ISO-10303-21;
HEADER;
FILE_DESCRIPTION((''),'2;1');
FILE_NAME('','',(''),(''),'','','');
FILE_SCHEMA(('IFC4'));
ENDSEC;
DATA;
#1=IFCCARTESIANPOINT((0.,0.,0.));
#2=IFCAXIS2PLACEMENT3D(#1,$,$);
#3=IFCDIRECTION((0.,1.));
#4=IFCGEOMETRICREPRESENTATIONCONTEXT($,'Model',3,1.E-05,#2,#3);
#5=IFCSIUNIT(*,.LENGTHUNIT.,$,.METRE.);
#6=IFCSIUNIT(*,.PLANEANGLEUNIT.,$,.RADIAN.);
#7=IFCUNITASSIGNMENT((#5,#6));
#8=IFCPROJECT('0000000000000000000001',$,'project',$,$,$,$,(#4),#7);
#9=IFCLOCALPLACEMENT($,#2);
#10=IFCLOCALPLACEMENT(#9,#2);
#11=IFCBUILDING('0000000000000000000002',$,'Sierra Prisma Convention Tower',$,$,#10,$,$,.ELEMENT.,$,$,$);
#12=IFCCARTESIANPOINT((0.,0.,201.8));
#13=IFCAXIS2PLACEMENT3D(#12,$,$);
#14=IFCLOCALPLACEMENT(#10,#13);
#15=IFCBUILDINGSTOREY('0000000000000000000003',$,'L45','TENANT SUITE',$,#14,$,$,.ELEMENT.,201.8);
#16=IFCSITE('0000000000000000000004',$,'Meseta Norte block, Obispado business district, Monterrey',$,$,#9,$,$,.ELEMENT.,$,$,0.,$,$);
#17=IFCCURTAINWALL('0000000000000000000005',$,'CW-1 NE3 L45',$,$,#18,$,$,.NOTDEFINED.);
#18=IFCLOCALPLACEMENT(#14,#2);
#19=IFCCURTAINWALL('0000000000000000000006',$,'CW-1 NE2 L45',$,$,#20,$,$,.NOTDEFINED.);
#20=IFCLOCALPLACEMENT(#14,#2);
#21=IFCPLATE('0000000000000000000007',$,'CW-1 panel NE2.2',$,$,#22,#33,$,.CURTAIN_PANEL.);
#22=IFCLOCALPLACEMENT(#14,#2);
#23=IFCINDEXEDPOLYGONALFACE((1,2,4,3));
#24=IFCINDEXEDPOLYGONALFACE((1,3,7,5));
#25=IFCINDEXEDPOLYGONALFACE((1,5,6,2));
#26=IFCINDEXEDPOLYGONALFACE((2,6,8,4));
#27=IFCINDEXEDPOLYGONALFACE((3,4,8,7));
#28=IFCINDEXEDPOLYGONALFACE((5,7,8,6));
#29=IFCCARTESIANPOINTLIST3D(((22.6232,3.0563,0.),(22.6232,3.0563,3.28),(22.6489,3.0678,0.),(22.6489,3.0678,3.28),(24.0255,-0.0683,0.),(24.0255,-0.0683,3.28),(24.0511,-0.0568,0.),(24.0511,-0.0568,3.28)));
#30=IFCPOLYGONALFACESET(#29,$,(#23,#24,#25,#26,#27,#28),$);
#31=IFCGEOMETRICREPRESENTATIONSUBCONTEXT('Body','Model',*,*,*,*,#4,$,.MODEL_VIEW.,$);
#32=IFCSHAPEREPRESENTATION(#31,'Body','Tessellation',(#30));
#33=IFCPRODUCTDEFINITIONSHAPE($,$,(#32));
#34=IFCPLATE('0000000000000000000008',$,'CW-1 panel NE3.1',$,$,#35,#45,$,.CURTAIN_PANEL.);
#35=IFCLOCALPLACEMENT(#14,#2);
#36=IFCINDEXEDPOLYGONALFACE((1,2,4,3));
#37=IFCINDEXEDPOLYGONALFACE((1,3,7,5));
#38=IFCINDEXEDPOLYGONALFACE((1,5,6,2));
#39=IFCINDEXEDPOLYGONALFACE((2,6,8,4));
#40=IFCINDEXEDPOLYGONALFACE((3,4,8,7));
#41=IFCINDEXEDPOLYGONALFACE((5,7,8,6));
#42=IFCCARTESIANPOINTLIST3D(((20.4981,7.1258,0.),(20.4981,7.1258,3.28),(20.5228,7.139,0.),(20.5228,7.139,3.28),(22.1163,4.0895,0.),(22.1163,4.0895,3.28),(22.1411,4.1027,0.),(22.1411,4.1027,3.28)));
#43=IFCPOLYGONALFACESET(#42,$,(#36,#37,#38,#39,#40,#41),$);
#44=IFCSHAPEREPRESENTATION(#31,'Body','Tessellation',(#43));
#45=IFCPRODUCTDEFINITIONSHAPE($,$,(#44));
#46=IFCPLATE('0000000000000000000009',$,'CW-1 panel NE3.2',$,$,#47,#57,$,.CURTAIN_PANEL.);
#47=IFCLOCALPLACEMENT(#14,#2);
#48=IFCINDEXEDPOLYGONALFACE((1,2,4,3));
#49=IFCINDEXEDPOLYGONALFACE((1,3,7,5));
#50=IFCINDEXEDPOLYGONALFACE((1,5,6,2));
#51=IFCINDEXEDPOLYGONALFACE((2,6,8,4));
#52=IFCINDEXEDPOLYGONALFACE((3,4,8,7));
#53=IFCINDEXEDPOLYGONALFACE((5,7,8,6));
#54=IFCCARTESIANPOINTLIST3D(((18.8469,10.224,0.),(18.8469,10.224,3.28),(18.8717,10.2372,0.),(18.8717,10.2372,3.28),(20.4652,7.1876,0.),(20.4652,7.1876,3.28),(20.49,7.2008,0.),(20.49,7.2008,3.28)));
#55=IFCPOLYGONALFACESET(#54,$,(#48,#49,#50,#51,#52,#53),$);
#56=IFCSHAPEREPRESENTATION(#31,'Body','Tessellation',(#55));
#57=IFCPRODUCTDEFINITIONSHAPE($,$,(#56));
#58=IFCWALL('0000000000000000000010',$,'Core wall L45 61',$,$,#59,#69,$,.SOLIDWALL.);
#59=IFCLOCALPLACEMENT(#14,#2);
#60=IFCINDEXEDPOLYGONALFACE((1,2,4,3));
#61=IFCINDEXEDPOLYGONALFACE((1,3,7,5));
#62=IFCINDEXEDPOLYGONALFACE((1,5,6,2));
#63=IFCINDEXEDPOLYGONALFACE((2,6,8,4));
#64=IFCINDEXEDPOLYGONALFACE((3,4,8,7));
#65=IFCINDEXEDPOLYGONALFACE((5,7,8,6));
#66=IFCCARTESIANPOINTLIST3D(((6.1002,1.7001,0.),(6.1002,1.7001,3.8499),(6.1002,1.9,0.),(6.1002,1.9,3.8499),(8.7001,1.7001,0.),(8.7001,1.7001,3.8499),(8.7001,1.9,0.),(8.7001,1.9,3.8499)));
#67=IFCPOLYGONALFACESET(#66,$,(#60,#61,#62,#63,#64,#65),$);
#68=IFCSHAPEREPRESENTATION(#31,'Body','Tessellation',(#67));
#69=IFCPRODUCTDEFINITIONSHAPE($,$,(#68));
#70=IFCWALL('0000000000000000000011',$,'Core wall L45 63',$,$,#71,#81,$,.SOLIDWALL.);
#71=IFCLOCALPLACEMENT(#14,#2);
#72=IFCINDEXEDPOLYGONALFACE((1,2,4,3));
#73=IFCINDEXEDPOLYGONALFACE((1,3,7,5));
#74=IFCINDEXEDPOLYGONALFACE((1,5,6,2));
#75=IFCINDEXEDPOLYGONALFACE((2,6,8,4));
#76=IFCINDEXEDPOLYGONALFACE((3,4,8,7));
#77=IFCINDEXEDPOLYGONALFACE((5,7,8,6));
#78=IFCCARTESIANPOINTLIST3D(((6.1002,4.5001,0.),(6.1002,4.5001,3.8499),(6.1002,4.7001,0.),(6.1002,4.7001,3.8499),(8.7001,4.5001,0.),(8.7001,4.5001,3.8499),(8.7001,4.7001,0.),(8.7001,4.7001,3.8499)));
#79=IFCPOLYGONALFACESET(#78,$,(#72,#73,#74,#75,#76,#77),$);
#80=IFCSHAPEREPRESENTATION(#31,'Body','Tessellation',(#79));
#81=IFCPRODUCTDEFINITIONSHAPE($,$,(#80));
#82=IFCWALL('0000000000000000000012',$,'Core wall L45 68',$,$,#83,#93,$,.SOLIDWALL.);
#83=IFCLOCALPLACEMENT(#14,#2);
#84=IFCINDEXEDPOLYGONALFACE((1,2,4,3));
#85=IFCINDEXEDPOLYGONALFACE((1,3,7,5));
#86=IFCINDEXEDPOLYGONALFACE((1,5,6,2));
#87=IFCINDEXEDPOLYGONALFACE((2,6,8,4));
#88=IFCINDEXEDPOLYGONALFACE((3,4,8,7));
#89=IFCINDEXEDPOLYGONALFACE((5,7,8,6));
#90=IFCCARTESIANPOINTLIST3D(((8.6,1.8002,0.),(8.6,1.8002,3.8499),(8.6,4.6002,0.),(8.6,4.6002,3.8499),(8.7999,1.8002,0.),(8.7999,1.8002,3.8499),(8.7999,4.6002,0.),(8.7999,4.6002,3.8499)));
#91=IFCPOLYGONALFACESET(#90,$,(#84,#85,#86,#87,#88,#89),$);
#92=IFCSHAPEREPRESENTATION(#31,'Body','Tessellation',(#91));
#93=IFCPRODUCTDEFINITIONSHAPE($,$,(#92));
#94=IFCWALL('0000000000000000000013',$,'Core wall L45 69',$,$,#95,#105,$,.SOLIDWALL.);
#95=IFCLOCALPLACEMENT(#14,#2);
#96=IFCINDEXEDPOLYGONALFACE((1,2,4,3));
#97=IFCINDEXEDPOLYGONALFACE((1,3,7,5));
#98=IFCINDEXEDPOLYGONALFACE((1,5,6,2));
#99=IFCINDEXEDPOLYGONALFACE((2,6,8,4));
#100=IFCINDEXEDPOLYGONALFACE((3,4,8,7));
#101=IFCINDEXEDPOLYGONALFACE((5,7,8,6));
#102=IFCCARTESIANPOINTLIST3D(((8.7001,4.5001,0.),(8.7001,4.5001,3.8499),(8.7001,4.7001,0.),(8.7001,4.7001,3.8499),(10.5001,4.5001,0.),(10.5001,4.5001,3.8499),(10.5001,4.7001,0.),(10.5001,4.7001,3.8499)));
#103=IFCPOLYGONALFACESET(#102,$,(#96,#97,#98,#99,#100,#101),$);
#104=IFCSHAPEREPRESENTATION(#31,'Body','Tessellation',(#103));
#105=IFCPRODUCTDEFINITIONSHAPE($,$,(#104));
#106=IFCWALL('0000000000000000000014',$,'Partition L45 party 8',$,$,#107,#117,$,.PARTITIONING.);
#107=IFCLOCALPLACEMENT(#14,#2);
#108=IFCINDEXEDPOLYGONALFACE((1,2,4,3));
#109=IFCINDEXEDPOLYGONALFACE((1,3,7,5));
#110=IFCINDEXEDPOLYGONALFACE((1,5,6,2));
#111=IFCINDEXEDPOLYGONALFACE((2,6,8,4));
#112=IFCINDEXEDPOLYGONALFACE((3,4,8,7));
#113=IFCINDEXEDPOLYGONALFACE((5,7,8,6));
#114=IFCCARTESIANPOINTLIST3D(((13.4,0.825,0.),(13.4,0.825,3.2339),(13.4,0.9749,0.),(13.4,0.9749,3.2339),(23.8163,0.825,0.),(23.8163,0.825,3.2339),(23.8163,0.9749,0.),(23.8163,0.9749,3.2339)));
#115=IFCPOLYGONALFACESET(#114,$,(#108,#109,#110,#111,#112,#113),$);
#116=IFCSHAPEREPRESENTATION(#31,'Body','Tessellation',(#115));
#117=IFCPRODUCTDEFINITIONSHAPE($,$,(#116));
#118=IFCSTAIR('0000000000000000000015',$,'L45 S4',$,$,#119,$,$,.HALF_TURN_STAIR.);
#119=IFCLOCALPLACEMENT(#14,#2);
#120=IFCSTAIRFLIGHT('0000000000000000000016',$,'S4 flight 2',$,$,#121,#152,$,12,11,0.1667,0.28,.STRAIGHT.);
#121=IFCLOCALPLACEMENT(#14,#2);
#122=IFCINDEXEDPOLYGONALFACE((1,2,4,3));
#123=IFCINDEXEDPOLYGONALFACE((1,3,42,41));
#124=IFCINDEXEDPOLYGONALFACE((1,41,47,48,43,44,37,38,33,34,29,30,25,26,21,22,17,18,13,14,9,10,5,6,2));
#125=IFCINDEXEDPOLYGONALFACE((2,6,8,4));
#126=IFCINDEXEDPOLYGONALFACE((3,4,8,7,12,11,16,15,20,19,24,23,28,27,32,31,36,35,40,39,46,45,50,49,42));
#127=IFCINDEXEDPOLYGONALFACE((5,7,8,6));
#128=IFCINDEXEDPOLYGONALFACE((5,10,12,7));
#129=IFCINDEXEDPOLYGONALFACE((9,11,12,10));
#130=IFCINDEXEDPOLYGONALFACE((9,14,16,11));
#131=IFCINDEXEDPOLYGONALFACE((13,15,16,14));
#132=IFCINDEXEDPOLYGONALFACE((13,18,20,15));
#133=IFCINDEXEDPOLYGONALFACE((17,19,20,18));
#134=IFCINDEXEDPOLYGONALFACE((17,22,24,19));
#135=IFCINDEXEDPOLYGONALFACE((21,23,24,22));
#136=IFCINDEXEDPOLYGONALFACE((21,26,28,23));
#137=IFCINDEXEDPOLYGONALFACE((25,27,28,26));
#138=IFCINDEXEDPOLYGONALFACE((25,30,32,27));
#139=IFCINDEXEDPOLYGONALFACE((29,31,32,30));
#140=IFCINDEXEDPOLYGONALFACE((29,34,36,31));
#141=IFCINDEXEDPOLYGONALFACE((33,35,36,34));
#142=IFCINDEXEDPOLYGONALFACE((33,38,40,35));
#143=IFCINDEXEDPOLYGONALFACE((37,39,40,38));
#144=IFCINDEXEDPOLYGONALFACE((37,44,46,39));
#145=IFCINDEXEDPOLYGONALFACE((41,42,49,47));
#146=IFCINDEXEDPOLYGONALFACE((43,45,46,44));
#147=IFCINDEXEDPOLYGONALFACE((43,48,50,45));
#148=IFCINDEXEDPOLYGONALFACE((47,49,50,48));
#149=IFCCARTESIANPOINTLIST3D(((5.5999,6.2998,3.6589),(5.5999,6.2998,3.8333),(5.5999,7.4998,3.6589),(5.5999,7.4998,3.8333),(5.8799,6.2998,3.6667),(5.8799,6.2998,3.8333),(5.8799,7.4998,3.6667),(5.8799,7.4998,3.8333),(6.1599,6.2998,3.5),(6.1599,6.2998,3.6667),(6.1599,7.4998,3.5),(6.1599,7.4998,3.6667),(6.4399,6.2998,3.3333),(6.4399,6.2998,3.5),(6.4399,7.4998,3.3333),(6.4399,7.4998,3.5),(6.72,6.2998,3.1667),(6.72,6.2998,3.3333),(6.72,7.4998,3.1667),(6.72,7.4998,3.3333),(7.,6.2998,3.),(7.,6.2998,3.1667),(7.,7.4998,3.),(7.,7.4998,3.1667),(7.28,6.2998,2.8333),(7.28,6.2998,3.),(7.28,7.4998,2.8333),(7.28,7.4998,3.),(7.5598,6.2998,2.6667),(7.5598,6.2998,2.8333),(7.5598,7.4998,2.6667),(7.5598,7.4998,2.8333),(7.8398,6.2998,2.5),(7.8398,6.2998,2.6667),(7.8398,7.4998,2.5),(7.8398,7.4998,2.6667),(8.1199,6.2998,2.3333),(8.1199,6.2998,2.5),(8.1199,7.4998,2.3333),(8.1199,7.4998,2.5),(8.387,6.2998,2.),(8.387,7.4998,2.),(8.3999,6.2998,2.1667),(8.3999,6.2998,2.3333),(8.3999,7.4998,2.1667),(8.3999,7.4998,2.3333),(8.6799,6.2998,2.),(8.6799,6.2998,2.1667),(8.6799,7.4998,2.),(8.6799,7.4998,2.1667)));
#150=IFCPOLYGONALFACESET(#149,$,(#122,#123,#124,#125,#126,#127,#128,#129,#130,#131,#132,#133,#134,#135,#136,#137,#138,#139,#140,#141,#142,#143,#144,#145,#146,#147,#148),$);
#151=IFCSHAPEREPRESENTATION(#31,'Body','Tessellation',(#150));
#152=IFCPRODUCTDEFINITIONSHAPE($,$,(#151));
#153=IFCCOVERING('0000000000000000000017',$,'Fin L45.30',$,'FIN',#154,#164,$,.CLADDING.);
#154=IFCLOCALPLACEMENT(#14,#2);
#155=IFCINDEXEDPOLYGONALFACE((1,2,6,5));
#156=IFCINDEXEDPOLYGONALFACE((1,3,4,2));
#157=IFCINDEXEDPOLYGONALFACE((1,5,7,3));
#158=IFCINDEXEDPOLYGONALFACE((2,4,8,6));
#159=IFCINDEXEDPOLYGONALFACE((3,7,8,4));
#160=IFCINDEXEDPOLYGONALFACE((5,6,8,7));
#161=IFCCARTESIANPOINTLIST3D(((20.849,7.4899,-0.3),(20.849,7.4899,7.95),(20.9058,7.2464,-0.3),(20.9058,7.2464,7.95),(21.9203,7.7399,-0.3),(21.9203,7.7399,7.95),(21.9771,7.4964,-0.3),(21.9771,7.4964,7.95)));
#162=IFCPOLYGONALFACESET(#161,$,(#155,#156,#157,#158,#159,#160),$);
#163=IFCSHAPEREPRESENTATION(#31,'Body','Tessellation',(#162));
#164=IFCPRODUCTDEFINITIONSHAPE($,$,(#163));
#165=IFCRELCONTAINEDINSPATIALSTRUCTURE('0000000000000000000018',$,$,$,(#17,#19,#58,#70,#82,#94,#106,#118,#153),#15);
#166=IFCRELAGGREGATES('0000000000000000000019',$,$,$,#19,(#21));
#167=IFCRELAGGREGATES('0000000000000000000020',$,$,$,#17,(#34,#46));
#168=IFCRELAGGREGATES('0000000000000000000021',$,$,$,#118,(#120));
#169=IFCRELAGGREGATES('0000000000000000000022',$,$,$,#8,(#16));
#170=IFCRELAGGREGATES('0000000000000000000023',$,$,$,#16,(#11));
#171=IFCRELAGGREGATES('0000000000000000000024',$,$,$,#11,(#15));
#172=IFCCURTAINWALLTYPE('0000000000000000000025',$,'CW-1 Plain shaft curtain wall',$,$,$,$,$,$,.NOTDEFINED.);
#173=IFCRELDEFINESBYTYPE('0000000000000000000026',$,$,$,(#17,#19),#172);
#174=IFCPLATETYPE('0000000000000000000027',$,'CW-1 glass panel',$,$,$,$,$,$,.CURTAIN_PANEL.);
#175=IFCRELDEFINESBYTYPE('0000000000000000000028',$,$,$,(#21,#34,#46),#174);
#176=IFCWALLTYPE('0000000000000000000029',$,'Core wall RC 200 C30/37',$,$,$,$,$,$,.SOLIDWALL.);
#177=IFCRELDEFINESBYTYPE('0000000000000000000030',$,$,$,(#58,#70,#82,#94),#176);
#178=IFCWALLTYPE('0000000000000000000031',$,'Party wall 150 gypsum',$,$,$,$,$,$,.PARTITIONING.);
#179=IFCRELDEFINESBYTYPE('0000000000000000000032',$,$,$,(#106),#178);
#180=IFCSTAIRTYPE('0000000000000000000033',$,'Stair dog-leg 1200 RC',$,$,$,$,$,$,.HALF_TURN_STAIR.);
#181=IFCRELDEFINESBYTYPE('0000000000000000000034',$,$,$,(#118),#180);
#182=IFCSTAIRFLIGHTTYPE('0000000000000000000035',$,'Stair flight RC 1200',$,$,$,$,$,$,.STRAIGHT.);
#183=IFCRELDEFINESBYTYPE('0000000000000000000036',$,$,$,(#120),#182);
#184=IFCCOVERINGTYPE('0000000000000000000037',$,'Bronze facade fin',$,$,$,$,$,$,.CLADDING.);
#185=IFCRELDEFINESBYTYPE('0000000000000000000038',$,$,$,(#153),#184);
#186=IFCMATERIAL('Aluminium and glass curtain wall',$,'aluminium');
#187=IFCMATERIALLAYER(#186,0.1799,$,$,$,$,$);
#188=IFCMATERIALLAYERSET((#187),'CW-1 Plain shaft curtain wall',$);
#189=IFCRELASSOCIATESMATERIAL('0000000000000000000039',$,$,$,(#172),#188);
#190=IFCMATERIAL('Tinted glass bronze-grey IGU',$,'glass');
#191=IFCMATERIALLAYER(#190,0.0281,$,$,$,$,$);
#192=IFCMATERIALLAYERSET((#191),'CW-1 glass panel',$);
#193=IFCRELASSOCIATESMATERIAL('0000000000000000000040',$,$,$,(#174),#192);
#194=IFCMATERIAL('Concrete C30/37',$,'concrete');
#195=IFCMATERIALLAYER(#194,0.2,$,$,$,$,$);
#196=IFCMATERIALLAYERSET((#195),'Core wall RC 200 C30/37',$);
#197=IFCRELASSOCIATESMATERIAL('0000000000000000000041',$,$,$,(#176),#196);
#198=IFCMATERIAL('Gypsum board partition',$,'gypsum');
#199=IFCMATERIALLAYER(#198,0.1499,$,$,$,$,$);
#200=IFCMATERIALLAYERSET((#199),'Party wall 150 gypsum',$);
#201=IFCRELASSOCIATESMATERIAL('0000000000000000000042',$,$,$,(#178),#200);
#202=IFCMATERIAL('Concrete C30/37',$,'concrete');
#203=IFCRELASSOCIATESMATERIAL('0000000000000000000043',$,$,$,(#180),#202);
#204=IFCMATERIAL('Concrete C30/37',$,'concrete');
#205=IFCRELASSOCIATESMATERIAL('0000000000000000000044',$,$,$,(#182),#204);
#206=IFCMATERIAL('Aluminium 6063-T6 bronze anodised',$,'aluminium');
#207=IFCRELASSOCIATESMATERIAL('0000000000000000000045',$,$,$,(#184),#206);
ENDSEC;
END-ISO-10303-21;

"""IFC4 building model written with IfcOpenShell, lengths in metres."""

from ifc_helpers import new_model, si_unit, direction, frame, frame_2d, origin, origin_2d, place, context, subcontext, project, spatial, polyline, rectangle, outline, extrude, material, layer, layer_set, material_profile, profile_set, type_object, element, aggregate, save


model = new_model("IFC4")

# Units and contexts
model_context = context("Model", 3, precision=1e-05, world=origin(), true_north=direction((0.0, 1.0)))
body_context = subcontext(model_context, "Body", "Model", "MODEL_VIEW")
ifc_project = project(units=[si_unit("LENGTHUNIT", "METRE"), si_unit("PLANEANGLEUNIT", "RADIAN")], contexts=[model_context])

# Site, building, storey
site_placement = place(None, origin())
site = spatial("IfcSite", under=ifc_project, at=site_placement, Name="Meseta Norte block, Obispado business district, Monterrey", CompositionType="ELEMENT", RefElevation=0.0)
building_placement = place(site_placement, origin())
building = spatial("IfcBuilding", under=site, at=building_placement, Name="Sierra Prisma Convention Tower", CompositionType="ELEMENT")
storey_placement = place(building_placement, frame((0.0, 0.0, 201.8)))
storey = spatial("IfcBuildingStorey", under=building, at=storey_placement, Name="L45", Description="TENANT SUITE", CompositionType="ELEMENT", Elevation=201.8)

# Curtain wall
ifc_material_1 = material(Name="Aluminium and glass curtain wall", Category="aluminium")
ifc_layer_1 = layer(ifc_material_1, 0.1799)
ifc_layer_set_1 = layer_set([ifc_layer_1], Name="CW-1 Plain shaft curtain wall")
curtain_wall_type = type_object("IfcCurtainWallType", Name="CW-1 Plain shaft curtain wall", PredefinedType="NOTDEFINED", material=ifc_layer_set_1)
curtain_wall_1_placement = place(storey_placement, origin())
curtain_wall_1 = element("IfcCurtainWall", 1, at=curtain_wall_1_placement, inside=storey, type_object=curtain_wall_type, Name="CW-1 NE3 L45", PredefinedType="NOTDEFINED")

# Curtain wall
curtain_wall_2_placement = place(storey_placement, origin())
curtain_wall_2 = element("IfcCurtainWall", 2, at=curtain_wall_2_placement, inside=storey, type_object=curtain_wall_type, Name="CW-1 NE2 L45", PredefinedType="NOTDEFINED")

# Plates
ifc_material_2 = material(Name="Tinted glass bronze-grey IGU", Category="glass")
ifc_layer_2 = layer(ifc_material_2, 0.0281)
ifc_layer_set_2 = layer_set([ifc_layer_2], Name="CW-1 glass panel")
plate_type = type_object("IfcPlateType", Name="CW-1 glass panel", PredefinedType="CURTAIN_PANEL", material=ifc_layer_set_2)
plate_1_placement = place(storey_placement, frame((23.3372, 1.4998, 0.0), z_axis=(0.0, 0.0, 1.0), x_axis=(-0.409426, 0.912343, 0.0)))
plate_1 = element("IfcPlate", 3, at=plate_1_placement, type_object=plate_type, Name="CW-1 panel NE2.2", PredefinedType="CURTAIN_PANEL", context=body_context, shape_type="SweptSolid", body=[
    extrude(rectangle(XDim=3.4248, YDim=0.0281, at=origin_2d()), origin(), (0.0, 0.0, 1.0), 3.28),
])
aggregate(curtain_wall_2, [plate_1])
plate_2_placement = place(storey_placement, frame((21.3196, 5.6143, 0.0), z_axis=(0.0, 0.0, 1.0), x_axis=(-0.470338, 0.882486, 0.0)))
plate_2 = element("IfcPlate", 4, at=plate_2_placement, type_object=plate_type, Name="CW-1 panel NE3.1", PredefinedType="CURTAIN_PANEL", context=body_context, shape_type="SweptSolid", body=[
    extrude(rectangle(XDim=3.4407, YDim=0.0281, at=origin_2d()), origin(), (0.0, 0.0, 1.0), 3.28),
])
plate_3_placement = place(storey_placement, frame((19.6685, 8.7124, 0.0), z_axis=(0.0, 0.0, 1.0), x_axis=(-0.470338, 0.882486, 0.0)))
plate_3 = element("IfcPlate", 5, at=plate_3_placement, type_object=plate_type, Name="CW-1 panel NE3.2", PredefinedType="CURTAIN_PANEL", context=body_context, shape_type="SweptSolid", body=[
    extrude(rectangle(XDim=3.4407, YDim=0.0281, at=origin_2d()), origin(), (0.0, 0.0, 1.0), 3.28),
])
aggregate(curtain_wall_1, [plate_2, plate_3])

# Walls
ifc_material_3 = material(Name="Concrete C30/37", Category="concrete")
ifc_layer_3 = layer(ifc_material_3, 0.2)
ifc_layer_set_3 = layer_set([ifc_layer_3], Name="Core wall RC 200 C30/37")
wall_type_1 = type_object("IfcWallType", Name="Core wall RC 200 C30/37", PredefinedType="SOLIDWALL", material=ifc_layer_set_3)
for number, where, z_axis, x_axis, name in (
    (6, (8.7, 1.8, 0.0), (0.0, 0.0, 1.0), (-1.0, 0.0, 0.0), "Core wall L45 61"),
    (7, (8.7, 4.6001, 0.0), (0.0, 0.0, 1.0), (-1.0, 0.0, 0.0), "Core wall L45 63"),
):
    element("IfcWall", number, at=place(storey_placement, frame(where, z_axis=z_axis, x_axis=x_axis)), inside=storey, type_object=wall_type_1, Name=name, PredefinedType="SOLIDWALL", context=body_context, shape_type="SweptSolid", body=[
        extrude(rectangle(XDim=2.5999, YDim=0.2, at=frame_2d((1.2998, 0.0))), origin(), (0.0, 0.0, 1.0), 3.8499),
    ])

# Walls
wall_1_placement = place(storey_placement, frame((8.7, 4.6001, 0.0), z_axis=(0.0, 0.0, 1.0), x_axis=(0.0, -1.0, 0.0)))
element("IfcWall", 8, at=wall_1_placement, inside=storey, type_object=wall_type_1, Name="Core wall L45 68", PredefinedType="SOLIDWALL", context=body_context, shape_type="SweptSolid", body=[
    extrude(rectangle(XDim=2.8, YDim=0.2, at=frame_2d((1.3999, 0.0))), origin(), (0.0, 0.0, 1.0), 3.8499),
])
wall_2_placement = place(storey_placement, frame((10.5, 4.6001, 0.0), z_axis=(0.0, 0.0, 1.0), x_axis=(-1.0, 0.0, 0.0)))
element("IfcWall", 9, at=wall_2_placement, inside=storey, type_object=wall_type_1, Name="Core wall L45 69", PredefinedType="SOLIDWALL", context=body_context, shape_type="SweptSolid", body=[
    extrude(rectangle(XDim=1.8, YDim=0.2, at=frame_2d((0.8999, 0.0))), origin(), (0.0, 0.0, 1.0), 3.8499),
])
ifc_material_4 = material(Name="Gypsum board partition", Category="gypsum")
ifc_layer_4 = layer(ifc_material_4, 0.1499)
ifc_layer_set_4 = layer_set([ifc_layer_4], Name="Party wall 150 gypsum")
wall_type_2 = type_object("IfcWallType", Name="Party wall 150 gypsum", PredefinedType="PARTITIONING", material=ifc_layer_set_4)
wall_3_placement = place(storey_placement, frame((23.8162, 0.8999, 0.0), z_axis=(0.0, 0.0, 1.0), x_axis=(-1.0, 0.0, 0.0)))
element("IfcWall", 10, at=wall_3_placement, inside=storey, type_object=wall_type_2, Name="Partition L45 party 8", PredefinedType="PARTITIONING", context=body_context, shape_type="SweptSolid", body=[
    extrude(rectangle(XDim=10.4163, YDim=0.1499, at=frame_2d((5.208, 0.0))), origin(), (0.0, 0.0, 1.0), 3.2339),
])

# Stair, stair flight
ifc_material_5 = material(Name="Concrete C30/37", Category="concrete")
stair_type = type_object("IfcStairType", Name="Stair dog-leg 1200 RC", PredefinedType="HALF_TURN_STAIR", material=ifc_material_5)
stair_placement = place(storey_placement, origin())
stair = element("IfcStair", 11, at=stair_placement, inside=storey, type_object=stair_type, Name="L45 S4", PredefinedType="HALF_TURN_STAIR")
ifc_material_6 = material(Name="Concrete C30/37", Category="concrete")
stair_flight_type = type_object("IfcStairFlightType", Name="Stair flight RC 1200", PredefinedType="STRAIGHT", material=ifc_material_6)
stair_flight_placement = place(storey_placement, frame((8.6799, 6.8999, 2.0), z_axis=(0.0, 0.0, 1.0), x_axis=(-1.0, 0.0, 0.0)))
stair_flight = element("IfcStairFlight", 12, at=stair_flight_placement, type_object=stair_flight_type, Name="S4 flight 2", NumberOfRisers=12, NumberOfTreads=11, PredefinedType="STRAIGHT", RiserHeight=0.1667, TreadLength=0.28, context=body_context, shape_type="SweptSolid", body=[
    extrude(outline(polyline([(0.0, 0.0), (0.0, 0.1667), (0.28, 0.1667), (0.28, 0.3333), (0.5601, 0.3333), (0.5601, 0.5), (0.8401, 0.5), (0.8401, 0.6667), (1.1201, 0.6667), (1.1201, 0.8333), (1.3999, 0.8333), (1.3999, 1.0), (1.6799, 1.0), (1.6799, 1.1667), (1.96, 1.1667), (1.96, 1.3333), (2.24, 1.3333), (2.24, 1.5), (2.52, 1.5), (2.52, 1.6667), (2.8, 1.6667), (2.8, 1.8333), (3.0801, 1.8333), (3.0801, 2.0), (3.0801, 1.6589), (0.293, 0.0), (0.0, 0.0)])), frame((0.0, 0.6001, 0.0), z_axis=(0.0, -1.0, 0.0), x_axis=(1.0, 0.0, 0.0)), (0.0, 0.0, 1.0), 1.2),
])
aggregate(stair, [stair_flight])

# Covering
ifc_material_7 = material(Name="Aluminium 6063-T6 bronze anodised", Category="aluminium")
ifc_material_profile_1 = material_profile(ifc_material_7, rectangle(XDim=1.1001, YDim=0.25, at=origin_2d()), Name="ALU FIN 1100x250")
ifc_profile_set_1 = profile_set([ifc_material_profile_1], Name="Aluminium 6063-T6 bronze anodised")
covering_type = type_object("IfcCoveringType", Name="Bronze facade fin", PredefinedType="CLADDING", material=ifc_profile_set_1)
covering_placement = place(storey_placement, frame((21.4131, 7.4932, -0.3), z_axis=(0.0, 0.0, 1.0), x_axis=(0.973841, 0.22723, 0.0)))
element("IfcCovering", 13, at=covering_placement, inside=storey, type_object=covering_type, Name="Fin L45.30", ObjectType="FIN", PredefinedType="CLADDING", context=body_context, shape_type="SweptSolid", body=[
    extrude(rectangle(XDim=1.1001, YDim=0.25, at=origin_2d()), origin(), (0.0, 0.0, 1.0), 8.25),
])

save(model, "model.ifc")
